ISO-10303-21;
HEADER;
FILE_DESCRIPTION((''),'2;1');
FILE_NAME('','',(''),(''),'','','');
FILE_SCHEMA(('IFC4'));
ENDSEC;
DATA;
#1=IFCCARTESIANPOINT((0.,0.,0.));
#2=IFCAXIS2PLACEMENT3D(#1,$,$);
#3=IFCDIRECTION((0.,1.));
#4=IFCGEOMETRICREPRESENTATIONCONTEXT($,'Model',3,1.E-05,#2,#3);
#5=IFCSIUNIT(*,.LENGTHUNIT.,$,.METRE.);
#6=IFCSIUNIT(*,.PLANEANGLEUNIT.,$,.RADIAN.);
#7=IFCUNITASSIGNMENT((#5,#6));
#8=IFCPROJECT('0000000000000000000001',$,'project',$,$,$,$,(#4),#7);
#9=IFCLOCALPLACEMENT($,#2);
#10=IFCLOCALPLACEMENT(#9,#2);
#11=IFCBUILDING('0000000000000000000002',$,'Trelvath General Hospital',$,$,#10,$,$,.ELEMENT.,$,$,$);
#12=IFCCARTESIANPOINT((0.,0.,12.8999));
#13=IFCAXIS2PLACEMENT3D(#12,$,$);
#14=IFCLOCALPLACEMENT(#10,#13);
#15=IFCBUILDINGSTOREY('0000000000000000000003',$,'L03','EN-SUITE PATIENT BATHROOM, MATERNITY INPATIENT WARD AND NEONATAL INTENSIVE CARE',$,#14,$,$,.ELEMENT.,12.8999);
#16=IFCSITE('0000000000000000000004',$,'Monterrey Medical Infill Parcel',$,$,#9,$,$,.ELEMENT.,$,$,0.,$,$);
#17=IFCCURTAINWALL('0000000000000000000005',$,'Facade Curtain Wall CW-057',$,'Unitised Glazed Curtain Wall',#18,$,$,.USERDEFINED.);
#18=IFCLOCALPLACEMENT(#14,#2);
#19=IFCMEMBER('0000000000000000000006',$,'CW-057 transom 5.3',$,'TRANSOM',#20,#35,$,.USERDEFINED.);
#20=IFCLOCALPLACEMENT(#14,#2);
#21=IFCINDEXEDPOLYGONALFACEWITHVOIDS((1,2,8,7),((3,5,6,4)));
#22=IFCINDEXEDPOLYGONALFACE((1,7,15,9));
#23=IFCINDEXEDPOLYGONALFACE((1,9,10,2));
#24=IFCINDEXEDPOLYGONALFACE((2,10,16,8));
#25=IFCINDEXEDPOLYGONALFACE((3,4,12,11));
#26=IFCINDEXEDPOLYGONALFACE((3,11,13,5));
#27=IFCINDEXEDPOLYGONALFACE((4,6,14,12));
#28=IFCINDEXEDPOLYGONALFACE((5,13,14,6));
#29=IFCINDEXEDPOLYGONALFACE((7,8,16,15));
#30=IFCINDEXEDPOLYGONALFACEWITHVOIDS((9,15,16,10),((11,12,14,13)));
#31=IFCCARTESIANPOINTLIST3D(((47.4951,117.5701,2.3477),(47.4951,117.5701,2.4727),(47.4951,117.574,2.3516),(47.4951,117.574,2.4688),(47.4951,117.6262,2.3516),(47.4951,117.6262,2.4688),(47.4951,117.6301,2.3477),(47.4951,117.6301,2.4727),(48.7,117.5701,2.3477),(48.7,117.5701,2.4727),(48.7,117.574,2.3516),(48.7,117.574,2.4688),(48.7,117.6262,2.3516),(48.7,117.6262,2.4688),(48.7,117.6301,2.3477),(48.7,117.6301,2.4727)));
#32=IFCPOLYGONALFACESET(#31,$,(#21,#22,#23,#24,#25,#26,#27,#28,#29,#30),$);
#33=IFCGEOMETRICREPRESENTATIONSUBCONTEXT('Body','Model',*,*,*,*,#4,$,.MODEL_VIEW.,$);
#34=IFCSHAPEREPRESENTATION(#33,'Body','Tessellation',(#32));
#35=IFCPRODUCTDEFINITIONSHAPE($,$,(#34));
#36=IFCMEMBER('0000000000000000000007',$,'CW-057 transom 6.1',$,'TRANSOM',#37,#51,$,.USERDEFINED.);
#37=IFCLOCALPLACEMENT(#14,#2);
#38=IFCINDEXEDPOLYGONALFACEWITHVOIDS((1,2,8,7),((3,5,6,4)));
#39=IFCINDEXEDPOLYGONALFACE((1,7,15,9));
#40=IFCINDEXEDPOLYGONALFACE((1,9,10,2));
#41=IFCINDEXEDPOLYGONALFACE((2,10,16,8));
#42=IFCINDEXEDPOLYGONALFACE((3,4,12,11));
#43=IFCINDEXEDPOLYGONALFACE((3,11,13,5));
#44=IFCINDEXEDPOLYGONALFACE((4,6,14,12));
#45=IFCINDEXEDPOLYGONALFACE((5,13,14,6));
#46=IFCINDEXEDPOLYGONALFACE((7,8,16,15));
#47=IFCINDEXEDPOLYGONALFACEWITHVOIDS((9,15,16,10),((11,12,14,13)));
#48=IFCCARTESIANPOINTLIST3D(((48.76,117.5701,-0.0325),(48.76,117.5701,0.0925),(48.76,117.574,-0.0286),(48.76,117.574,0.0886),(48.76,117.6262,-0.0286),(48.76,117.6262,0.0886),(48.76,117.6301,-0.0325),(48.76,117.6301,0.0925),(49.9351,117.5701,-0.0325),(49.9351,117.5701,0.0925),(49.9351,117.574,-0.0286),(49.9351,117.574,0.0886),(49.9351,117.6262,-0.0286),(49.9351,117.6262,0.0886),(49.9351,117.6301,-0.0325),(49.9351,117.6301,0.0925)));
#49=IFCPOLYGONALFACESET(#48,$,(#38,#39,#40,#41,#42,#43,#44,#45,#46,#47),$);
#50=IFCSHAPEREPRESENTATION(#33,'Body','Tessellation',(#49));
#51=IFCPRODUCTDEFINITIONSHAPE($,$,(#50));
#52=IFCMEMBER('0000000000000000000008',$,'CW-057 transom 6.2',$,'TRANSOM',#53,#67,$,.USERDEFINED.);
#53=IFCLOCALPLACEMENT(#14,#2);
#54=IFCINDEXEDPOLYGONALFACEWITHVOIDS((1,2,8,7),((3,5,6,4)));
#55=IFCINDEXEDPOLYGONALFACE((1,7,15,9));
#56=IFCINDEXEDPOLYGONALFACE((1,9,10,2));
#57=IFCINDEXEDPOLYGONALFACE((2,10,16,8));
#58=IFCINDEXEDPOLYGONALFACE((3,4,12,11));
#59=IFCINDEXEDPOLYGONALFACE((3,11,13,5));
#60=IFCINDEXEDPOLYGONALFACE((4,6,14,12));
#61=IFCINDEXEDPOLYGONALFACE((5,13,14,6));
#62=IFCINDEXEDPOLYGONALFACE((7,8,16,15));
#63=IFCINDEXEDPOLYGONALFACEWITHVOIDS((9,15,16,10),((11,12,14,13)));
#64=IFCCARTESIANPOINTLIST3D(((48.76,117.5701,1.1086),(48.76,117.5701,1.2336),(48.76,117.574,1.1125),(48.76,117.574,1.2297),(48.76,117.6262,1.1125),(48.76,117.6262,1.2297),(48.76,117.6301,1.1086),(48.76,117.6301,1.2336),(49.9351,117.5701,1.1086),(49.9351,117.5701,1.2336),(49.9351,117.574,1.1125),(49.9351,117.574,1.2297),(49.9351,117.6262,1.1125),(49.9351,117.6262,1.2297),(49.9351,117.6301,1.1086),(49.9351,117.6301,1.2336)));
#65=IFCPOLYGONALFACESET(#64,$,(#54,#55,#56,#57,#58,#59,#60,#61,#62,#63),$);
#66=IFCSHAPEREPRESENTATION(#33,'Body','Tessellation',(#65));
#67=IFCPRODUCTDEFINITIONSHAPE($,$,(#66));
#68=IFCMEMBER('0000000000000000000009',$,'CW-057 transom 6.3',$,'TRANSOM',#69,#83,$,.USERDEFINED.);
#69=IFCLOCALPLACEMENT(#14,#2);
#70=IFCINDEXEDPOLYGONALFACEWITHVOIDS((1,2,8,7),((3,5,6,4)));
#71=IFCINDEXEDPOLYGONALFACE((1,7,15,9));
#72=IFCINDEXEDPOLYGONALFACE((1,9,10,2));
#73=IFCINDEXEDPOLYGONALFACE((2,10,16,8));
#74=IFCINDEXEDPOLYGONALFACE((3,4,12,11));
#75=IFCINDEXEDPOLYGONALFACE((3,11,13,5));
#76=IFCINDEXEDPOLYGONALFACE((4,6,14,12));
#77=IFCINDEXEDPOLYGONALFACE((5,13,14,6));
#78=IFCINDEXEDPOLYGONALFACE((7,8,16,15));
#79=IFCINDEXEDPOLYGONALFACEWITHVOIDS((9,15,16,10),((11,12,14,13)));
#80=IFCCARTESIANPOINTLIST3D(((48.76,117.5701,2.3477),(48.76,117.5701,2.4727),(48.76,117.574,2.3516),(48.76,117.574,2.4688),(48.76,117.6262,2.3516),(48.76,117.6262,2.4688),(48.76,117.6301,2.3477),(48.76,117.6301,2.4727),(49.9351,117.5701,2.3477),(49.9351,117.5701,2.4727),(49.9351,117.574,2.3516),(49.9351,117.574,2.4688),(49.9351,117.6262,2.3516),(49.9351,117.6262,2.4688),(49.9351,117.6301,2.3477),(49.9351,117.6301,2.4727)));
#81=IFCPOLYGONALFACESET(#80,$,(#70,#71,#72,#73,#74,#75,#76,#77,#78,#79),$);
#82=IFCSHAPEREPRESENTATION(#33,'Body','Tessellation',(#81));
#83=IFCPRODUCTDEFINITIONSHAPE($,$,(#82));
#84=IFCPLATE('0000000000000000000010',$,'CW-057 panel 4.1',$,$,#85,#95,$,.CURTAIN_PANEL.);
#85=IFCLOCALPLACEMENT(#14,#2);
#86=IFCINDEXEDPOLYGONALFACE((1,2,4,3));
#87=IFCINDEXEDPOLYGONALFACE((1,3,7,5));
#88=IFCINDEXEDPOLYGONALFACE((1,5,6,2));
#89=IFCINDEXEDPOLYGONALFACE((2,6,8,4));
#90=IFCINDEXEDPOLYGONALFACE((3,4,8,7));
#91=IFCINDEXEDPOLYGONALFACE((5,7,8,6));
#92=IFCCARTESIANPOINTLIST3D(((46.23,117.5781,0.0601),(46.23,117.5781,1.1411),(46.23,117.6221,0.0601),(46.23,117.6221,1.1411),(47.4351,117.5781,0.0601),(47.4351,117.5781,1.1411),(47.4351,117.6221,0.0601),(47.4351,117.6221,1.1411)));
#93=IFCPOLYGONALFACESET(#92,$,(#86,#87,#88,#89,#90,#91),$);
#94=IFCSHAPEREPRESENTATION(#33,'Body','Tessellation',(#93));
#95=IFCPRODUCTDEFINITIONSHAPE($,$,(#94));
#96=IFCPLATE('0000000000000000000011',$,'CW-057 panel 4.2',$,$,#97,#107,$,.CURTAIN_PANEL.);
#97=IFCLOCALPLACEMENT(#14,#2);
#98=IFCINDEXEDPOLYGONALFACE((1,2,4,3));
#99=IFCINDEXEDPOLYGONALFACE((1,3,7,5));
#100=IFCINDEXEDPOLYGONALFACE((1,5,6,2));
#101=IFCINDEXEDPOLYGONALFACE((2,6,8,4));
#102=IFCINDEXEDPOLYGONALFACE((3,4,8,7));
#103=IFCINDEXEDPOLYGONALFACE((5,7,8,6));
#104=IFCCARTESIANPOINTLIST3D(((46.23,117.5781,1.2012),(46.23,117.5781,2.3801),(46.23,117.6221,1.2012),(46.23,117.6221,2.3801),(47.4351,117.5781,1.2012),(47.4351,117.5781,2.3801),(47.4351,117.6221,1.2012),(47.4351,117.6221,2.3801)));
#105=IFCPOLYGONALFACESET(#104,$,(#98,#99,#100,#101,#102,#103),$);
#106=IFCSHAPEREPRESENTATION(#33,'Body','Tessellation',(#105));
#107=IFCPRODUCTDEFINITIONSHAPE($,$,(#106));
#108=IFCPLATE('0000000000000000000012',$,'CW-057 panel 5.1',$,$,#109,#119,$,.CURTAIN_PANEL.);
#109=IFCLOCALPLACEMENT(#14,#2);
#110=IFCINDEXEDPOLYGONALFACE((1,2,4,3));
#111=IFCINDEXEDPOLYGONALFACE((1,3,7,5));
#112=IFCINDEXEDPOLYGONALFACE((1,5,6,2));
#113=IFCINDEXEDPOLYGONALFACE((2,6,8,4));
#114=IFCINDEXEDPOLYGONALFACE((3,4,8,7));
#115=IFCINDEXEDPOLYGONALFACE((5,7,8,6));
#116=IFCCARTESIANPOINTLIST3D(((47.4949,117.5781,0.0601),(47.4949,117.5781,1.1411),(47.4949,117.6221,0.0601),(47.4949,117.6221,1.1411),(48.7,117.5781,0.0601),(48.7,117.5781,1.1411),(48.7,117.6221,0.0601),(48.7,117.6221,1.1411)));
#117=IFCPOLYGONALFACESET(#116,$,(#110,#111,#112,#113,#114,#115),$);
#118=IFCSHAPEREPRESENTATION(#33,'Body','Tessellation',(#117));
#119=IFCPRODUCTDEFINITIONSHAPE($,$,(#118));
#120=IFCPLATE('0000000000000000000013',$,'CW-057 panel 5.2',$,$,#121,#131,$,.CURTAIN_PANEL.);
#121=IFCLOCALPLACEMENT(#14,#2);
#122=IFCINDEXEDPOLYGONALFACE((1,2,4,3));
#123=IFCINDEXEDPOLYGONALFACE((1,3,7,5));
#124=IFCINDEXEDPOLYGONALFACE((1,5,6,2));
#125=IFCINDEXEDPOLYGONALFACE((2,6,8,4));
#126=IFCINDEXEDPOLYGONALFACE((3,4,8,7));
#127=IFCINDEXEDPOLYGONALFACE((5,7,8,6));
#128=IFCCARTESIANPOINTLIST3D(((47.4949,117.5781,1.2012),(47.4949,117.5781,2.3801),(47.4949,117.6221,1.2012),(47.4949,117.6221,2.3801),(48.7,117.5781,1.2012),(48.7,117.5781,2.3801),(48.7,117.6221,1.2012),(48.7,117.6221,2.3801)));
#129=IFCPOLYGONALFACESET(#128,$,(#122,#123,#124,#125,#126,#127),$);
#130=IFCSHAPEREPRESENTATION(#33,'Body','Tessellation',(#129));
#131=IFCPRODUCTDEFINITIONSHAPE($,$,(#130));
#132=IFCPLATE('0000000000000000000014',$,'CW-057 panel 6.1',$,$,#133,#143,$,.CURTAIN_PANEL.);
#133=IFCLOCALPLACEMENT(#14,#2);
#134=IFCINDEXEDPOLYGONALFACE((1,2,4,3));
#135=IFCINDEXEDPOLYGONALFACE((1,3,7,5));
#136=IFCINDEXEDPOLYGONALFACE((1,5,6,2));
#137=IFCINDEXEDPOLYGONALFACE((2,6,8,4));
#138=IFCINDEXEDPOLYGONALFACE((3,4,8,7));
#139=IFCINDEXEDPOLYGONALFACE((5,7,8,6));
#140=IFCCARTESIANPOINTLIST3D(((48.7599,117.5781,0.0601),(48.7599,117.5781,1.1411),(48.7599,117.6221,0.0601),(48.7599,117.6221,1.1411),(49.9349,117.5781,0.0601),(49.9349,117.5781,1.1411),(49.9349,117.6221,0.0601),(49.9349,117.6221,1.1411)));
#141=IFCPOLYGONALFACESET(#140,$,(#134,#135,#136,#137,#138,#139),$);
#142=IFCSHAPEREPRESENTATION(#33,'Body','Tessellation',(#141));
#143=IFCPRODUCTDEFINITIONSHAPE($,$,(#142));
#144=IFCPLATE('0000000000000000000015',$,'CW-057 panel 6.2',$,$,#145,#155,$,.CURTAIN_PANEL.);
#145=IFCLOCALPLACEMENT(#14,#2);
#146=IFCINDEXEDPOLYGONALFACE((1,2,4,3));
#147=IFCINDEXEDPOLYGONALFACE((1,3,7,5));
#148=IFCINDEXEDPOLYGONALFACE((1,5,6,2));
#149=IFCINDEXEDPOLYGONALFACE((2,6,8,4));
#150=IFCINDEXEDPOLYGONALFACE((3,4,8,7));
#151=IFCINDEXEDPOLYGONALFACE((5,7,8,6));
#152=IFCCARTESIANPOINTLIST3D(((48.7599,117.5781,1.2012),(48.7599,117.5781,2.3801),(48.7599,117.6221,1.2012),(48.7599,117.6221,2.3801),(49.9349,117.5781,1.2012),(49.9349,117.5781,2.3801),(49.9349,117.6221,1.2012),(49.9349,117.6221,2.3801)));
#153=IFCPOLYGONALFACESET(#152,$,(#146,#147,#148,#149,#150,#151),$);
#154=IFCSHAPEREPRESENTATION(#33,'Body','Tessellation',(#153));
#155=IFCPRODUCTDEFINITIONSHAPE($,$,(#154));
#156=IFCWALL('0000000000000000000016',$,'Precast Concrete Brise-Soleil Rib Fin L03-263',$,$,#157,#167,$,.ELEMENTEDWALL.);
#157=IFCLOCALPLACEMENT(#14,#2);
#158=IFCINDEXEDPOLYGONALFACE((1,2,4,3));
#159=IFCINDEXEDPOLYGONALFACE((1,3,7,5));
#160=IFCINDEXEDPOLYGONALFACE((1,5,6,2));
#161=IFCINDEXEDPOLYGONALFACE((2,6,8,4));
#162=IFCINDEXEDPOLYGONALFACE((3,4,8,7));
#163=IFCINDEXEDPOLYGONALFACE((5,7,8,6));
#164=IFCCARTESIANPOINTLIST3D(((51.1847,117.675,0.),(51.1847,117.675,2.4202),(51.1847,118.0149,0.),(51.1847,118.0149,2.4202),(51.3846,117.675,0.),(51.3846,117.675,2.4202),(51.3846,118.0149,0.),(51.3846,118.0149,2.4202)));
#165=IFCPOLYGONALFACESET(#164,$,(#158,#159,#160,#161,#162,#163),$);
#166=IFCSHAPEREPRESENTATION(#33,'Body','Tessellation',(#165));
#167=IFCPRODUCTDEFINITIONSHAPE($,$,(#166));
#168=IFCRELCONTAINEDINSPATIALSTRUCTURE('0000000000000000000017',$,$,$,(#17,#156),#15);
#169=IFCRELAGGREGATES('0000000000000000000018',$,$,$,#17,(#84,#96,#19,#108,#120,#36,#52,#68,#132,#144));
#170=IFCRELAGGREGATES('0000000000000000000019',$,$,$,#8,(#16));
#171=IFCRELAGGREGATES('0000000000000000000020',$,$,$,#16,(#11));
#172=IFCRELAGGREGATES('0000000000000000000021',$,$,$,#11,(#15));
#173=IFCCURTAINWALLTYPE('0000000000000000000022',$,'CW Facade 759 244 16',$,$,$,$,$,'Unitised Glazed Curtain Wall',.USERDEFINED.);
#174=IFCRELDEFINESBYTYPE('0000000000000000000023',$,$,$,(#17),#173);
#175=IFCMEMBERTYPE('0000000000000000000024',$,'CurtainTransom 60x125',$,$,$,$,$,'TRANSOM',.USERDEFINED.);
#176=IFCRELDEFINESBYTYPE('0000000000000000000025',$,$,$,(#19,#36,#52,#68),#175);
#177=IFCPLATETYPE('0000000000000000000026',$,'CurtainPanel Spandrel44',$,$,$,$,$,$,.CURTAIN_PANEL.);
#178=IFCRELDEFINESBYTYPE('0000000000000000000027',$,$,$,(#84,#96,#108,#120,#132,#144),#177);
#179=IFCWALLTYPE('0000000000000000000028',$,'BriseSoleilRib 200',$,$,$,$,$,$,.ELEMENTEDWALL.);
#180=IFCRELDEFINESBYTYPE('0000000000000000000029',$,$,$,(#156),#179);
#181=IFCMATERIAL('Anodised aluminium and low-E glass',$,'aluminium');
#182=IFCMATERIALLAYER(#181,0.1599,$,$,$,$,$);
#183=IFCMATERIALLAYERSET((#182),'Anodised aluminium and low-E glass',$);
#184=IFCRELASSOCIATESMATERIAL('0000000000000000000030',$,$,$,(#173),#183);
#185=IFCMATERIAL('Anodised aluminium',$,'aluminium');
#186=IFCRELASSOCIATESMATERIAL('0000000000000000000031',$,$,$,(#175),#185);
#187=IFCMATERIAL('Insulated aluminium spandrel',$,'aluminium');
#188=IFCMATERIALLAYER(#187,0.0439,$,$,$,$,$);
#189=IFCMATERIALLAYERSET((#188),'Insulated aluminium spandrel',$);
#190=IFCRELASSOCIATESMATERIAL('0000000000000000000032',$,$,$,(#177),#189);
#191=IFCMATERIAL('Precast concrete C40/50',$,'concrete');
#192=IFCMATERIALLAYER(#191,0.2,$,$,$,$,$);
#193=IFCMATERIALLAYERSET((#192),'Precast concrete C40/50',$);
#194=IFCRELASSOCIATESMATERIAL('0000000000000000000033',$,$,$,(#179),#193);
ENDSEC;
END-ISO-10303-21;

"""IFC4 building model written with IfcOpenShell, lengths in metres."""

from ifc_helpers import new_model, si_unit, direction, frame, frame_2d, origin, origin_2d, place, context, subcontext, project, spatial, rectangle, hollow_rectangle, extrude, material, layer, layer_set, material_profile, profile_set, type_object, element, aggregate, save


model = new_model("IFC4")

# Units and contexts
model_context = context("Model", 3, precision=1e-05, world=origin(), true_north=direction((0.0, 1.0)))
body_context = subcontext(model_context, "Body", "Model", "MODEL_VIEW")
ifc_project = project(units=[si_unit("LENGTHUNIT", "METRE"), si_unit("PLANEANGLEUNIT", "RADIAN")], contexts=[model_context])

# Site, building, storey
site_placement = place(None, origin())
site = spatial("IfcSite", under=ifc_project, at=site_placement, Name="Monterrey Medical Infill Parcel", CompositionType="ELEMENT", RefElevation=0.0)
building_placement = place(site_placement, origin())
building = spatial("IfcBuilding", under=site, at=building_placement, Name="Trelvath General Hospital", CompositionType="ELEMENT")
storey_placement = place(building_placement, frame((0.0, 0.0, 12.8999)))
storey = spatial("IfcBuildingStorey", under=building, at=storey_placement, Name="L03", Description="EN-SUITE PATIENT BATHROOM, MATERNITY INPATIENT WARD AND NEONATAL INTENSIVE CARE", CompositionType="ELEMENT", Elevation=12.8999)

# Curtain wall, members, plates
ifc_material_1 = material(Name="Anodised aluminium and low-E glass", Category="aluminium")
ifc_layer_1 = layer(ifc_material_1, 0.1599)
ifc_layer_set_1 = layer_set([ifc_layer_1], Name="Anodised aluminium and low-E glass")
curtain_wall_type = type_object("IfcCurtainWallType", Name="CW Facade 759 244 16", ElementType="Unitised Glazed Curtain Wall", PredefinedType="USERDEFINED", material=ifc_layer_set_1)
curtain_wall_placement = place(storey_placement, origin())
curtain_wall = element("IfcCurtainWall", 1, at=curtain_wall_placement, inside=storey, type_object=curtain_wall_type, Name="Facade Curtain Wall CW-057", ObjectType="Unitised Glazed Curtain Wall", PredefinedType="USERDEFINED")
ifc_material_2 = material(Name="Anodised aluminium", Category="aluminium")
ifc_material_profile_1 = material_profile(ifc_material_2, hollow_rectangle(XDim=0.0601, YDim=0.125, WallThickness=0.0039, at=origin_2d()), Name="RHS60x125x4")
ifc_profile_set_1 = profile_set([ifc_material_profile_1], Name="Anodised aluminium")
member_type_1 = type_object("IfcMemberType", Name="CurtainTransom 60x125", ElementType="TRANSOM", PredefinedType="USERDEFINED", material=ifc_profile_set_1)
member_1_placement = place(storey_placement, frame((47.4951, 117.6001, 2.4102), z_axis=(1.0, 0.0, 0.0), x_axis=(0.0, 1.0, 0.0)))
member_1 = element("IfcMember", 2, at=member_1_placement, type_object=member_type_1, Name="CW-057 transom 5.3", ObjectType="TRANSOM", PredefinedType="USERDEFINED", context=body_context, shape_type="SweptSolid", body=[
    extrude(hollow_rectangle(XDim=0.0601, YDim=0.125, WallThickness=0.0039, at=origin_2d()), origin(), (0.0, 0.0, 1.0), 1.2048),
])
member_2_placement = place(storey_placement, frame((48.76, 117.6001, 0.03), z_axis=(1.0, 0.0, 0.0), x_axis=(0.0, 1.0, 0.0)))
member_2 = element("IfcMember", 3, at=member_2_placement, type_object=member_type_1, Name="CW-057 transom 6.1", ObjectType="TRANSOM", PredefinedType="USERDEFINED", context=body_context, shape_type="SweptSolid", body=[
    extrude(hollow_rectangle(XDim=0.0601, YDim=0.125, WallThickness=0.0039, at=origin_2d()), origin(), (0.0, 0.0, 1.0), 1.175),
])
member_3_placement = place(storey_placement, frame((48.76, 117.6001, 1.1711), z_axis=(1.0, 0.0, 0.0), x_axis=(0.0, 1.0, 0.0)))
member_3 = element("IfcMember", 4, at=member_3_placement, type_object=member_type_1, Name="CW-057 transom 6.2", ObjectType="TRANSOM", PredefinedType="USERDEFINED", context=body_context, shape_type="SweptSolid", body=[
    extrude(hollow_rectangle(XDim=0.0601, YDim=0.125, WallThickness=0.0039, at=origin_2d()), origin(), (0.0, 0.0, 1.0), 1.175),
])
member_4_placement = place(storey_placement, frame((48.76, 117.6001, 2.4102), z_axis=(1.0, 0.0, 0.0), x_axis=(0.0, 1.0, 0.0)))
member_4 = element("IfcMember", 5, at=member_4_placement, type_object=member_type_1, Name="CW-057 transom 6.3", ObjectType="TRANSOM", PredefinedType="USERDEFINED", context=body_context, shape_type="SweptSolid", body=[
    extrude(hollow_rectangle(XDim=0.0601, YDim=0.125, WallThickness=0.0039, at=origin_2d()), origin(), (0.0, 0.0, 1.0), 1.175),
])
ifc_material_3 = material(Name="Insulated aluminium spandrel", Category="aluminium")
ifc_layer_2 = layer(ifc_material_3, 0.0439)
ifc_layer_set_2 = layer_set([ifc_layer_2], Name="Insulated aluminium spandrel")
plate_type = type_object("IfcPlateType", Name="CurtainPanel Spandrel44", PredefinedType="CURTAIN_PANEL", material=ifc_layer_set_2)
plate_1_placement = place(storey_placement, frame((46.8325, 117.6001, 0.0601), z_axis=(0.0, 0.0, 1.0), x_axis=(1.0, 0.0, 0.0)))
plate_1 = element("IfcPlate", 6, at=plate_1_placement, type_object=plate_type, Name="CW-057 panel 4.1", PredefinedType="CURTAIN_PANEL", context=body_context, shape_type="SweptSolid", body=[
    extrude(rectangle(XDim=1.2051, YDim=0.0439, at=origin_2d()), origin(), (0.0, 0.0, 1.0), 1.0811),
])
plate_2_placement = place(storey_placement, frame((46.8325, 117.6001, 1.2012), z_axis=(0.0, 0.0, 1.0), x_axis=(1.0, 0.0, 0.0)))
plate_2 = element("IfcPlate", 7, at=plate_2_placement, type_object=plate_type, Name="CW-057 panel 4.2", PredefinedType="CURTAIN_PANEL", context=body_context, shape_type="SweptSolid", body=[
    extrude(rectangle(XDim=1.2051, YDim=0.0439, at=origin_2d()), origin(), (0.0, 0.0, 1.0), 1.179),
])
plate_3_placement = place(storey_placement, frame((48.0974, 117.6001, 0.0601), z_axis=(0.0, 0.0, 1.0), x_axis=(1.0, 0.0, 0.0)))
plate_3 = element("IfcPlate", 8, at=plate_3_placement, type_object=plate_type, Name="CW-057 panel 5.1", PredefinedType="CURTAIN_PANEL", context=body_context, shape_type="SweptSolid", body=[
    extrude(rectangle(XDim=1.2051, YDim=0.0439, at=origin_2d()), origin(), (0.0, 0.0, 1.0), 1.0811),
])
plate_4_placement = place(storey_placement, frame((48.0974, 117.6001, 1.2012), z_axis=(0.0, 0.0, 1.0), x_axis=(1.0, 0.0, 0.0)))
plate_4 = element("IfcPlate", 9, at=plate_4_placement, type_object=plate_type, Name="CW-057 panel 5.2", PredefinedType="CURTAIN_PANEL", context=body_context, shape_type="SweptSolid", body=[
    extrude(rectangle(XDim=1.2051, YDim=0.0439, at=origin_2d()), origin(), (0.0, 0.0, 1.0), 1.179),
])
plate_5_placement = place(storey_placement, frame((49.3474, 117.6001, 0.0601), z_axis=(0.0, 0.0, 1.0), x_axis=(1.0, 0.0, 0.0)))
plate_5 = element("IfcPlate", 10, at=plate_5_placement, type_object=plate_type, Name="CW-057 panel 6.1", PredefinedType="CURTAIN_PANEL", context=body_context, shape_type="SweptSolid", body=[
    extrude(rectangle(XDim=1.175, YDim=0.0439, at=origin_2d()), origin(), (0.0, 0.0, 1.0), 1.0811),
])
plate_6_placement = place(storey_placement, frame((49.3474, 117.6001, 1.2012), z_axis=(0.0, 0.0, 1.0), x_axis=(1.0, 0.0, 0.0)))
plate_6 = element("IfcPlate", 11, at=plate_6_placement, type_object=plate_type, Name="CW-057 panel 6.2", PredefinedType="CURTAIN_PANEL", context=body_context, shape_type="SweptSolid", body=[
    extrude(rectangle(XDim=1.175, YDim=0.0439, at=origin_2d()), origin(), (0.0, 0.0, 1.0), 1.179),
])
aggregate(curtain_wall, [plate_1, plate_2, member_1, plate_3, plate_4, member_2, member_3, member_4, plate_5, plate_6])

# Wall
ifc_material_4 = material(Name="Precast concrete C40/50", Category="concrete")
ifc_layer_3 = layer(ifc_material_4, 0.2)
ifc_layer_set_3 = layer_set([ifc_layer_3], Name="Precast concrete C40/50")
wall_type_1 = type_object("IfcWallType", Name="BriseSoleilRib 200", PredefinedType="ELEMENTEDWALL", material=ifc_layer_set_3)
wall_1_placement = place(storey_placement, frame((51.2847, 117.675, 0.0), z_axis=(0.0, 0.0, 1.0), x_axis=(0.0, 1.0, 0.0)))
element("IfcWall", 12, at=wall_1_placement, inside=storey, type_object=wall_type_1, Name="Precast Concrete Brise-Soleil Rib Fin L03-263", PredefinedType="ELEMENTEDWALL", context=body_context, shape_type="SweptSolid", body=[
    extrude(rectangle(XDim=0.3398, YDim=0.2, at=frame_2d((0.1699, 0.0))), origin(), (0.0, 0.0, 1.0), 2.4202),
])

save(model, "model.ifc")
